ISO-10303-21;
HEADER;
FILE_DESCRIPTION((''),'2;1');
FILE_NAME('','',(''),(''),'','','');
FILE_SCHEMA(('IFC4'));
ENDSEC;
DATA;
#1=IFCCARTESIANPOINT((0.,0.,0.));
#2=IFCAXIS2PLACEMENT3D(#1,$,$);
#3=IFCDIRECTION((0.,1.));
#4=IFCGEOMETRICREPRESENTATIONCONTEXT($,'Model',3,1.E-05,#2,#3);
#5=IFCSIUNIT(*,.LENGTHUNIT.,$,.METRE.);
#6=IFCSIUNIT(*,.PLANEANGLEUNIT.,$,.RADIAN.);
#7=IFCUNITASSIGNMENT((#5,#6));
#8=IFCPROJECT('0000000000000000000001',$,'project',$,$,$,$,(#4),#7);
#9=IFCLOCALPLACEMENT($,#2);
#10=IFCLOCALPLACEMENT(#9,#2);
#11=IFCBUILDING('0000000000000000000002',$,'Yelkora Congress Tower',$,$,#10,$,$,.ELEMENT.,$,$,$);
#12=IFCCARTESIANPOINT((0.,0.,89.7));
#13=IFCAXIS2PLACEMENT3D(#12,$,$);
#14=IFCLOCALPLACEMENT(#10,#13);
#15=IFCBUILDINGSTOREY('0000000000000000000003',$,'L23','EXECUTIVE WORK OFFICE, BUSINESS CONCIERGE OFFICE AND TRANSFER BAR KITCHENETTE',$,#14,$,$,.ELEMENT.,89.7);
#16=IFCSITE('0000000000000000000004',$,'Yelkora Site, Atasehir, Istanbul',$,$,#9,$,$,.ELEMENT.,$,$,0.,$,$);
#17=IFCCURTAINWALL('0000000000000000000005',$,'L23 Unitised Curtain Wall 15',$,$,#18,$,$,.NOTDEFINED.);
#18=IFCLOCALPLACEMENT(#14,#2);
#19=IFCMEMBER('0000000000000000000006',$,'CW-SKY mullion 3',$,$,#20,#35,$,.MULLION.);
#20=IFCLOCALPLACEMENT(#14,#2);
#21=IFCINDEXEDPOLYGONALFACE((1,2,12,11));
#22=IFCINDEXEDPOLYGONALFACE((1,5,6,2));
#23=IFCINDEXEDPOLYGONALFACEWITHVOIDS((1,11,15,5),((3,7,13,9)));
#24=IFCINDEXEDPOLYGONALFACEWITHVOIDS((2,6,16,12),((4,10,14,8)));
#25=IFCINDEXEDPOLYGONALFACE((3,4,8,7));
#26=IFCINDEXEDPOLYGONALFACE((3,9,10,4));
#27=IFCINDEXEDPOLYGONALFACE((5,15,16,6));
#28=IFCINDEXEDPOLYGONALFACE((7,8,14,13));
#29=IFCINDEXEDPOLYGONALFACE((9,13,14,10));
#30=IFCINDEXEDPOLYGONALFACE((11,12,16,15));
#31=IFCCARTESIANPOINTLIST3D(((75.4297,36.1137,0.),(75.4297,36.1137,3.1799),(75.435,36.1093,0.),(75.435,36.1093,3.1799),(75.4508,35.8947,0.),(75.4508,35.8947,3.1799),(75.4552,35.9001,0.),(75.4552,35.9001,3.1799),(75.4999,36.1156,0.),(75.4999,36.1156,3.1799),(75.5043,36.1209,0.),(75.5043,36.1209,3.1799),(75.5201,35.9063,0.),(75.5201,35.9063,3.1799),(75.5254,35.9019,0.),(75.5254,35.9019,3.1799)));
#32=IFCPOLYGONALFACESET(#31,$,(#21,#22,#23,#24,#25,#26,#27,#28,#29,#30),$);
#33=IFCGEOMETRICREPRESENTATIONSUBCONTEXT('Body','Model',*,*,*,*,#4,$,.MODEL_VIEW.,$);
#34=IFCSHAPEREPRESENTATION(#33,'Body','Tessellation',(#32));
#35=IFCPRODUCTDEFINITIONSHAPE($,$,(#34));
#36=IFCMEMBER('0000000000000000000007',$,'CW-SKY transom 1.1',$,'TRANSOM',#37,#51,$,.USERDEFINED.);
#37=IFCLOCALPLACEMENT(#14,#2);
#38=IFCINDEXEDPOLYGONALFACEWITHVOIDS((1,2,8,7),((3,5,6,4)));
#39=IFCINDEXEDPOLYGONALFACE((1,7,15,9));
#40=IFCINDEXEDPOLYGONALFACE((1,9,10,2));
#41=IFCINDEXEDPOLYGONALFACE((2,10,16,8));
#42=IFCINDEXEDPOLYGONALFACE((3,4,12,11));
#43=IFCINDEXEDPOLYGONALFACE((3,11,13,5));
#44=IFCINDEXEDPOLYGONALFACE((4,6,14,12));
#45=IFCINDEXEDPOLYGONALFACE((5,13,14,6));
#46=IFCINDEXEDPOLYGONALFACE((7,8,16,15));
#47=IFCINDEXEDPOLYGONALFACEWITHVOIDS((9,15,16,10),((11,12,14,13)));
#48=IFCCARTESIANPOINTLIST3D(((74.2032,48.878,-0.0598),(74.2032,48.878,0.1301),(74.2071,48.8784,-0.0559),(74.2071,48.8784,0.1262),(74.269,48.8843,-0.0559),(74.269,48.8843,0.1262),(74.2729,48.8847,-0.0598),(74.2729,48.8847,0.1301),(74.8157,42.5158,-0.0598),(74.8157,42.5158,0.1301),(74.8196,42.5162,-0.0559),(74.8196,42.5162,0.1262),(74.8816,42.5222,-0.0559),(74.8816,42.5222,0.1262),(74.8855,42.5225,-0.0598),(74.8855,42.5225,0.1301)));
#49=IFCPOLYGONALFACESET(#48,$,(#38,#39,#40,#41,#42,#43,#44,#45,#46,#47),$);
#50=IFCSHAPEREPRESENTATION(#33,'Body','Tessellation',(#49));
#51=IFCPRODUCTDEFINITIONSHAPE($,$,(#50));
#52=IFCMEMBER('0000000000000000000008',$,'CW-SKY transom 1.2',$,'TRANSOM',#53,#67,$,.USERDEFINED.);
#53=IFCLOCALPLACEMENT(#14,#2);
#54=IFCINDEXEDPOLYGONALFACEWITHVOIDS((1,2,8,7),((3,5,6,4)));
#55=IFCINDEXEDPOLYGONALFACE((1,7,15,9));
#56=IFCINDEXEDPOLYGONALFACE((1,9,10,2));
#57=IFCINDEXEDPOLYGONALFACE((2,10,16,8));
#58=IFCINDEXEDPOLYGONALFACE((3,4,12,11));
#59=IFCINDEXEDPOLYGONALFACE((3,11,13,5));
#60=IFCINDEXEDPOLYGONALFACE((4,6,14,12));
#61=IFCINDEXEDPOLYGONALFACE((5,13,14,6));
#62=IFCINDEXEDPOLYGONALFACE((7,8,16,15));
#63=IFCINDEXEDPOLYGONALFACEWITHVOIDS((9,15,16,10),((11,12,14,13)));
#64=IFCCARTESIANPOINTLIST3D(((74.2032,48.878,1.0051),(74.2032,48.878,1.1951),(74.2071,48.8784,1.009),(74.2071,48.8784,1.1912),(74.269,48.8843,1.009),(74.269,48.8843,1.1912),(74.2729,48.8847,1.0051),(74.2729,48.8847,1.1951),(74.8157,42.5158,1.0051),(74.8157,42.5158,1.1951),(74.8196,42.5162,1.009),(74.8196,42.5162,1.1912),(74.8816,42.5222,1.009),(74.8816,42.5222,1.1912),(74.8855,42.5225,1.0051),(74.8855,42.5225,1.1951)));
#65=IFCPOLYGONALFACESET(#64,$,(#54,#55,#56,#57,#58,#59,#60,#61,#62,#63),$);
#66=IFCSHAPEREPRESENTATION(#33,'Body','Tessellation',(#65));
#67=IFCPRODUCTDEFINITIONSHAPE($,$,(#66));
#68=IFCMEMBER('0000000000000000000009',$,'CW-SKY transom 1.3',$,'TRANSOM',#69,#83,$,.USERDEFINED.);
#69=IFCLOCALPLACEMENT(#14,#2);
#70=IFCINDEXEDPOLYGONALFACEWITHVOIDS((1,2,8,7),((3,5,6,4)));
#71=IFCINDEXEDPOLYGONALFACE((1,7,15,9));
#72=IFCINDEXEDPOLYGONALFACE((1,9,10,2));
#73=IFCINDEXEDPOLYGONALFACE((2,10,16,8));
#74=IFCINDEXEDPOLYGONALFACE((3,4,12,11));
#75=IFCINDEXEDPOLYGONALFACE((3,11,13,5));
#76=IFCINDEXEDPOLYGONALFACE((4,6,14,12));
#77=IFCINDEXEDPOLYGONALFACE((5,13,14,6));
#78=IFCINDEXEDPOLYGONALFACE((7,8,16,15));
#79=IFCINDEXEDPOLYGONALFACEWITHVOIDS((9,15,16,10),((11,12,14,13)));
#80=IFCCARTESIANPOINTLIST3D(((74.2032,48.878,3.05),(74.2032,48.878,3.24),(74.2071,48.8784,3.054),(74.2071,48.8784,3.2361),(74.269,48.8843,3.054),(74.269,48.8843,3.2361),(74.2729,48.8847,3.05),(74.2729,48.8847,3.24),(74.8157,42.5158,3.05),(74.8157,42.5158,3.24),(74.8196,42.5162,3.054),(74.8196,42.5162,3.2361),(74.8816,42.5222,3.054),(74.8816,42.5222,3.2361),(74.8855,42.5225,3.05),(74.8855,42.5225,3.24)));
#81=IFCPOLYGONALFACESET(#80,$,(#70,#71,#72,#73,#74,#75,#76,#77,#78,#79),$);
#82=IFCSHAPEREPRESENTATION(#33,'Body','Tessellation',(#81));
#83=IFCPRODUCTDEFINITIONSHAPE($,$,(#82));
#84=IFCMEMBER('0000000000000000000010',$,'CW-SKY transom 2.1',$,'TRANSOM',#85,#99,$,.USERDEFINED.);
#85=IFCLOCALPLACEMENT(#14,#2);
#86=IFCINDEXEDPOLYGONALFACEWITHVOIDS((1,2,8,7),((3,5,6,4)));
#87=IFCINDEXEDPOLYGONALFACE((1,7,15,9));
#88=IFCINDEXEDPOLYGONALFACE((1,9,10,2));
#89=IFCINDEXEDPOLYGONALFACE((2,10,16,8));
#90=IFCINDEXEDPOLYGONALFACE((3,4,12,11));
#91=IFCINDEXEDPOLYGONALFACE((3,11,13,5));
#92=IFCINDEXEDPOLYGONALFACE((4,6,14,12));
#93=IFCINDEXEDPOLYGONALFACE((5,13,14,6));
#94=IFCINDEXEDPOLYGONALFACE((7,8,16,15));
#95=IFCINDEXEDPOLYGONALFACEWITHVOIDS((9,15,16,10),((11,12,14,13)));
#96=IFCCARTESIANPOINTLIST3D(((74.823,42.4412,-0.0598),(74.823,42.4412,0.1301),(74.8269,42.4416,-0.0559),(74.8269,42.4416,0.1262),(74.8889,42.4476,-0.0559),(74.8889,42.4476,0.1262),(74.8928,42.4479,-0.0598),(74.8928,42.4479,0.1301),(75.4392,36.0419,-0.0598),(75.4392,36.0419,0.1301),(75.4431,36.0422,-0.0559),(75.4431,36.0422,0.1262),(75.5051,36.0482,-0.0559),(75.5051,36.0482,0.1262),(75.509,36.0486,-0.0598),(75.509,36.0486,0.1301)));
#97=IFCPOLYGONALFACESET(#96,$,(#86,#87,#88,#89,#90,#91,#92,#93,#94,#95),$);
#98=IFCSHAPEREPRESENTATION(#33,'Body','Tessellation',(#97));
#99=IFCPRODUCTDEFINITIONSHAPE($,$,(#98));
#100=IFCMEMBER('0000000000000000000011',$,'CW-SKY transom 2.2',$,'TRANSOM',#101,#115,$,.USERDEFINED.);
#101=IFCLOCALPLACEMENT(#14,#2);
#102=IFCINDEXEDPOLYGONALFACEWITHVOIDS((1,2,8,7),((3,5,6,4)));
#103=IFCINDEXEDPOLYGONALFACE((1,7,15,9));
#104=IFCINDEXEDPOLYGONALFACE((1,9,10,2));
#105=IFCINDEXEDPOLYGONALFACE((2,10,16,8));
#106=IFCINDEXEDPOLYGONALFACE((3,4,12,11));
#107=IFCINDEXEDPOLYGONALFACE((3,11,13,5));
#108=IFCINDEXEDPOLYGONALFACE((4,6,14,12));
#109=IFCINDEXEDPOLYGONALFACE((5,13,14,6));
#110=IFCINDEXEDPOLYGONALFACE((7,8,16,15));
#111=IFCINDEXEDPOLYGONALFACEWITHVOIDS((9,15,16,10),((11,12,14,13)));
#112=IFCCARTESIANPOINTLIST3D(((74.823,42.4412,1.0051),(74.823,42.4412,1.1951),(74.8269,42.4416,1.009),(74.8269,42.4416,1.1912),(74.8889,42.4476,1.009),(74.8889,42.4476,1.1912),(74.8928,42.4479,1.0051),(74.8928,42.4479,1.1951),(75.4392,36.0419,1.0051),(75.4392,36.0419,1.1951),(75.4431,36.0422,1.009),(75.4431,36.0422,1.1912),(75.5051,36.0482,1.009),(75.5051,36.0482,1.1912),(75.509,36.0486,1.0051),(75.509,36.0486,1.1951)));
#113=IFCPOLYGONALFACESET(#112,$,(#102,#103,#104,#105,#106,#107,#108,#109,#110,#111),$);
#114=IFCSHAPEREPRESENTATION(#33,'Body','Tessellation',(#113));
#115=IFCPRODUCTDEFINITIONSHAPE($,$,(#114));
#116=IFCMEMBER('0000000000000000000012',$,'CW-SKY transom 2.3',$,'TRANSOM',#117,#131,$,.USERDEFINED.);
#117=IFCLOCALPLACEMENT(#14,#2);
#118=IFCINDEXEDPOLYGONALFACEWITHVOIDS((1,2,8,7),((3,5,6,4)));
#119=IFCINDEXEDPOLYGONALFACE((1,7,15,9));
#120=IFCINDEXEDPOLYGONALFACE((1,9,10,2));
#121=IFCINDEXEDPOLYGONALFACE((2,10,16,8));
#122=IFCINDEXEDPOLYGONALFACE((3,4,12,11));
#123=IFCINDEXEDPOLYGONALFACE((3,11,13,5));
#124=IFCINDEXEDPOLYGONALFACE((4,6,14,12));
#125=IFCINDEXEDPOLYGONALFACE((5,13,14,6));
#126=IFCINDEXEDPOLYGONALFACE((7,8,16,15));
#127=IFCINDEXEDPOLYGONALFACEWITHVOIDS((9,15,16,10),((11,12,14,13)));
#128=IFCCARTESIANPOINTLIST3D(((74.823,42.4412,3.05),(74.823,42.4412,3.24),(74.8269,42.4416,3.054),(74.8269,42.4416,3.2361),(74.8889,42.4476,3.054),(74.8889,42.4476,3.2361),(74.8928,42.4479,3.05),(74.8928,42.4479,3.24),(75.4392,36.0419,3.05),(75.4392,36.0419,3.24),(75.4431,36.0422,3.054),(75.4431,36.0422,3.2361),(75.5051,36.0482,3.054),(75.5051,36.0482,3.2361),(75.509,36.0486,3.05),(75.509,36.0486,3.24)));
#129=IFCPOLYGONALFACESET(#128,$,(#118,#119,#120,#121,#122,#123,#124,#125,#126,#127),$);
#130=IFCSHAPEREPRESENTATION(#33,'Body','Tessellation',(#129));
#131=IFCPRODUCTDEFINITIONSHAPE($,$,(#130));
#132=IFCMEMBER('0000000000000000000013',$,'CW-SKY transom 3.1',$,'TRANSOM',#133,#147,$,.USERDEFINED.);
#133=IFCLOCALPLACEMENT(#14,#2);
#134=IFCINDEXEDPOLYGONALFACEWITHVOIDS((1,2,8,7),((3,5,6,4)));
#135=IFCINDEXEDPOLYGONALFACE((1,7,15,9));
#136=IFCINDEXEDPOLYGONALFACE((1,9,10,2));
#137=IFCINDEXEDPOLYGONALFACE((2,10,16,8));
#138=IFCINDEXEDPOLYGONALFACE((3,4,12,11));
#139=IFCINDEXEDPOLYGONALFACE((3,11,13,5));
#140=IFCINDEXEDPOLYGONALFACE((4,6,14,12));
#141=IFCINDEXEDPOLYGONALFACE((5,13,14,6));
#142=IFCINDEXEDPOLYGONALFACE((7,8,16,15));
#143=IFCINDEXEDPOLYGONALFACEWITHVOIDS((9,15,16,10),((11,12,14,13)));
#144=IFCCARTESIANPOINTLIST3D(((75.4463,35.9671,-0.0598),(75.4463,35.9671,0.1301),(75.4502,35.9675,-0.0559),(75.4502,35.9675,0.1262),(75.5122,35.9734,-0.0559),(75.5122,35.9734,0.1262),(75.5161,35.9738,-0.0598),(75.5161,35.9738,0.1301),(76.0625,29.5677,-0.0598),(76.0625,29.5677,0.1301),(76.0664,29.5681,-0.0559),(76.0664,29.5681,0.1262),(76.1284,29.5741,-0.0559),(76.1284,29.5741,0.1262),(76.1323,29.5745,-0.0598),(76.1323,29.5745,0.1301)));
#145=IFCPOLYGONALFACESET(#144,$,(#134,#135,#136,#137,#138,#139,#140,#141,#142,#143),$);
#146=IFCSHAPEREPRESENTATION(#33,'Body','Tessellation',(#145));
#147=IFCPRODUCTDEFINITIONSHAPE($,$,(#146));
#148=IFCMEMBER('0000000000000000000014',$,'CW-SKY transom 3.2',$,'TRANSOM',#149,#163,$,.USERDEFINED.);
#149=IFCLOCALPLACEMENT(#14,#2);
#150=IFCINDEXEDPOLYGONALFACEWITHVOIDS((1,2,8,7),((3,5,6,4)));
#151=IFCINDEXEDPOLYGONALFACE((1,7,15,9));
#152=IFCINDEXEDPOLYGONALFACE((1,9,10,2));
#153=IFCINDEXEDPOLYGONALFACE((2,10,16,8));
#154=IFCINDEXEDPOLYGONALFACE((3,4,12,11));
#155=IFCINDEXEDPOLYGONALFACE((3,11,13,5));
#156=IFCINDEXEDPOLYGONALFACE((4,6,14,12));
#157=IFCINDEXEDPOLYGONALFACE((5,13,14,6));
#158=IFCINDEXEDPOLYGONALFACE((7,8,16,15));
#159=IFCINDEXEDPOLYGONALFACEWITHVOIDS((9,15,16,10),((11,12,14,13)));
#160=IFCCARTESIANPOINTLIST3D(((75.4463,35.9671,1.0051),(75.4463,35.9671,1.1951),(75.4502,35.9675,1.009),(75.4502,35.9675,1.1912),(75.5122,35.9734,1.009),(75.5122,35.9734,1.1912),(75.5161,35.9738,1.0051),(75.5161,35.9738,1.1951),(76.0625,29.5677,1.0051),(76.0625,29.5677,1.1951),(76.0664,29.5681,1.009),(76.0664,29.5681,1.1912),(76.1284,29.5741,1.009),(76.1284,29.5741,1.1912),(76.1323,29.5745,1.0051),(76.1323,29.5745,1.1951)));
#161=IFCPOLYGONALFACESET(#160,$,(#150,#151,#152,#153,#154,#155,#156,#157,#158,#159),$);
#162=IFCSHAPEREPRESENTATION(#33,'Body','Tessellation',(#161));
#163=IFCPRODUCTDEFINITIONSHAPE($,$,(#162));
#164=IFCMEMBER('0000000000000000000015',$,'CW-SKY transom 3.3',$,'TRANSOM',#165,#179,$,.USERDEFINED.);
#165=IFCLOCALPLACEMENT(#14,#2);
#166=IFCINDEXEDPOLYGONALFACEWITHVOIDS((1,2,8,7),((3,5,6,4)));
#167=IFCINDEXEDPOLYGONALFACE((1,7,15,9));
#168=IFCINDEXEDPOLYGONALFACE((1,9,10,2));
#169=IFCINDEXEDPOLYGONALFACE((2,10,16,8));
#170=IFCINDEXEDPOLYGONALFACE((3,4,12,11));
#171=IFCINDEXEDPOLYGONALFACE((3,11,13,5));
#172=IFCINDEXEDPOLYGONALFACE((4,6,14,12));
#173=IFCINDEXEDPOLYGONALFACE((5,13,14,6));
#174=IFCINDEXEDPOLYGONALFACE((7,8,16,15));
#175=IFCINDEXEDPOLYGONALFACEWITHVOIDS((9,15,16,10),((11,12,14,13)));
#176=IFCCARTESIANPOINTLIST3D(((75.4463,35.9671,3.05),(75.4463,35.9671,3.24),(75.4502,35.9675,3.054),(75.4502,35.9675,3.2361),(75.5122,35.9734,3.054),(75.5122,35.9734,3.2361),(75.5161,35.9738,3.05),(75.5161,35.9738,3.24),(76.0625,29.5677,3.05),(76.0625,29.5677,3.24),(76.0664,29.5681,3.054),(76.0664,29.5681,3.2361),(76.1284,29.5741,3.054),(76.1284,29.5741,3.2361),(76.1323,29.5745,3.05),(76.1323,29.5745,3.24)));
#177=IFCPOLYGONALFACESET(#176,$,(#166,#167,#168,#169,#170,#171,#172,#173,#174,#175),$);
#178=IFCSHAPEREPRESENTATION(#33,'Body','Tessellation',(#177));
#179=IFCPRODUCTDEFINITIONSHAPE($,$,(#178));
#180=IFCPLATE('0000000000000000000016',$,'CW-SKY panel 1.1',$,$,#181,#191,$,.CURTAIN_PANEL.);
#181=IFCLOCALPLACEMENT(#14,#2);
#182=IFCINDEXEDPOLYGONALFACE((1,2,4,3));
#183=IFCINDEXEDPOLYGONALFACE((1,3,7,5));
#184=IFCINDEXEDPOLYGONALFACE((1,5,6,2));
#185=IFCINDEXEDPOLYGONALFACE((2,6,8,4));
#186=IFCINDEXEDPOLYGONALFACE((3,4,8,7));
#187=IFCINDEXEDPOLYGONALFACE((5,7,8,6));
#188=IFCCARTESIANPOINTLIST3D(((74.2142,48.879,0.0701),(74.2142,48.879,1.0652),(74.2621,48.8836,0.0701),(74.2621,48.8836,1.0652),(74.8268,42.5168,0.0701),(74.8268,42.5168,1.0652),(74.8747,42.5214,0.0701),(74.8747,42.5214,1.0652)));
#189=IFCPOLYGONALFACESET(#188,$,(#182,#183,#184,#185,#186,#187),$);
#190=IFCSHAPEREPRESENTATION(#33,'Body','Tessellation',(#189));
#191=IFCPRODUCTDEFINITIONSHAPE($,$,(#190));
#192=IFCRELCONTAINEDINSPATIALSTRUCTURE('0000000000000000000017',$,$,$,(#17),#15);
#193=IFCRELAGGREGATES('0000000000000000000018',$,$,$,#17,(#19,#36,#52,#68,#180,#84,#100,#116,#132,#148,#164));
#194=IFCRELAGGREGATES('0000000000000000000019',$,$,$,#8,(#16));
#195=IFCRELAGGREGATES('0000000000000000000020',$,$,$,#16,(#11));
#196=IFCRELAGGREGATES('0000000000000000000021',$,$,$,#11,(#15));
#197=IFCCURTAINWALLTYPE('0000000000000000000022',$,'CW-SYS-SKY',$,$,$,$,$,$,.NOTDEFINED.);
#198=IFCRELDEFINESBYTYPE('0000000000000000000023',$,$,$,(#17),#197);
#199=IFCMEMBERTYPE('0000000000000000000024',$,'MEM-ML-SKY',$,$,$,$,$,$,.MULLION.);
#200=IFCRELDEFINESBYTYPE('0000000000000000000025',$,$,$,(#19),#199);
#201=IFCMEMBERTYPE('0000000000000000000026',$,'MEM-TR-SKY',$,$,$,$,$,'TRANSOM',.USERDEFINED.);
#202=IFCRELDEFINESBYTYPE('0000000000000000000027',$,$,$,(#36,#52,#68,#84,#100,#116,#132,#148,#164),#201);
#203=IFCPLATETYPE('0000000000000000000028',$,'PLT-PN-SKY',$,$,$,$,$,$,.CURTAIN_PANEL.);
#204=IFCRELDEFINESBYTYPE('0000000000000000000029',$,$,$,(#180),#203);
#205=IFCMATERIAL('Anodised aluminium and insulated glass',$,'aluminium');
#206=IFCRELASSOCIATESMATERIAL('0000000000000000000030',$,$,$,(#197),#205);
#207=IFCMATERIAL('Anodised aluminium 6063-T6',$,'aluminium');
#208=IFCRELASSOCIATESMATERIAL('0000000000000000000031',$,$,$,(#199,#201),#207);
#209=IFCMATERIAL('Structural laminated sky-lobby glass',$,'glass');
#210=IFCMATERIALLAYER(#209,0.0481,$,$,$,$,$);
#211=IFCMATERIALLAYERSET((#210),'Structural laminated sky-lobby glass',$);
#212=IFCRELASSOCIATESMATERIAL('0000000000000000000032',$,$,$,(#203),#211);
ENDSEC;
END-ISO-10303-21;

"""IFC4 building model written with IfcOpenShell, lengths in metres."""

from ifc_helpers import new_model, si_unit, direction, frame, origin, origin_2d, place, context, subcontext, project, spatial, rectangle, hollow_rectangle, extrude, material, layer, layer_set, material_profile, profile_set, type_object, element, aggregate, save


model = new_model("IFC4")

# Units and contexts
model_context = context("Model", 3, precision=1e-05, world=origin(), true_north=direction((0.0, 1.0)))
body_context = subcontext(model_context, "Body", "Model", "MODEL_VIEW")
ifc_project = project(units=[si_unit("LENGTHUNIT", "METRE"), si_unit("PLANEANGLEUNIT", "RADIAN")], contexts=[model_context])

# Site, building, storey
site_placement = place(None, origin())
site = spatial("IfcSite", under=ifc_project, at=site_placement, Name="Yelkora Site, Atasehir, Istanbul", CompositionType="ELEMENT", RefElevation=0.0)
building_placement = place(site_placement, origin())
building = spatial("IfcBuilding", under=site, at=building_placement, Name="Yelkora Congress Tower", CompositionType="ELEMENT")
storey_placement = place(building_placement, frame((0.0, 0.0, 89.7)))
storey = spatial("IfcBuildingStorey", under=building, at=storey_placement, Name="L23", Description="EXECUTIVE WORK OFFICE, BUSINESS CONCIERGE OFFICE AND TRANSFER BAR KITCHENETTE", CompositionType="ELEMENT", Elevation=89.7)

# Curtain wall, members, plate
ifc_material_1 = material(Name="Anodised aluminium and insulated glass", Category="aluminium")
curtain_wall_type = type_object("IfcCurtainWallType", Name="CW-SYS-SKY", PredefinedType="NOTDEFINED", material=ifc_material_1)
curtain_wall_placement = place(storey_placement, origin())
curtain_wall = element("IfcCurtainWall", 1, at=curtain_wall_placement, inside=storey, type_object=curtain_wall_type, Name="L23 Unitised Curtain Wall 15", PredefinedType="NOTDEFINED")
ifc_material_2 = material(Name="Anodised aluminium 6063-T6", Category="aluminium")
ifc_material_profile_1 = material_profile(ifc_material_2, hollow_rectangle(XDim=0.075, YDim=0.22, WallThickness=0.0049, at=origin_2d()), Name="ALU 75x220x5")
ifc_profile_set_1 = profile_set([ifc_material_profile_1], Name="Anodised aluminium 6063-T6")
member_type_1 = type_object("IfcMemberType", Name="MEM-ML-SKY", PredefinedType="MULLION", material=ifc_profile_set_1)
member_1_placement = place(storey_placement, frame((75.4775, 36.0078, 0.0), z_axis=(0.0, 0.0, 1.0), x_axis=(0.995397, 0.095843, 0.0)))
member_1 = element("IfcMember", 2, at=member_1_placement, type_object=member_type_1, Name="CW-SKY mullion 3", PredefinedType="MULLION", context=body_context, shape_type="SweptSolid", body=[
    extrude(hollow_rectangle(XDim=0.075, YDim=0.22, WallThickness=0.0049, at=origin_2d()), origin(), (0.0, 0.0, 1.0), 3.1799),
])
ifc_material_profile_2 = material_profile(ifc_material_2, hollow_rectangle(XDim=0.0701, YDim=0.1899, WallThickness=0.0039, at=origin_2d()), Name="ALU 70x190x4")
ifc_profile_set_2 = profile_set([ifc_material_profile_2], Name="Anodised aluminium 6063-T6")
member_type_2 = type_object("IfcMemberType", Name="MEM-TR-SKY", ElementType="TRANSOM", PredefinedType="USERDEFINED", material=ifc_profile_set_2)
member_2_placement = place(storey_placement, frame((74.238, 48.8813, 0.0352), z_axis=(0.095838, -0.995397, 0.0), x_axis=(0.995397, 0.095838, 0.0)))
member_2 = element("IfcMember", 3, at=member_2_placement, type_object=member_type_2, Name="CW-SKY transom 1.1", ObjectType="TRANSOM", PredefinedType="USERDEFINED", context=body_context, shape_type="SweptSolid", body=[
    extrude(hollow_rectangle(XDim=0.0701, YDim=0.1899, WallThickness=0.0039, at=origin_2d()), origin(), (0.0, 0.0, 1.0), 6.3916),
])
member_3_placement = place(storey_placement, frame((74.238, 48.8813, 1.1001), z_axis=(0.095838, -0.995397, 0.0), x_axis=(0.995397, 0.095838, 0.0)))
member_3 = element("IfcMember", 4, at=member_3_placement, type_object=member_type_2, Name="CW-SKY transom 1.2", ObjectType="TRANSOM", PredefinedType="USERDEFINED", context=body_context, shape_type="SweptSolid", body=[
    extrude(hollow_rectangle(XDim=0.0701, YDim=0.1899, WallThickness=0.0039, at=origin_2d()), origin(), (0.0, 0.0, 1.0), 6.3916),
])
member_4_placement = place(storey_placement, frame((74.238, 48.8813, 3.145), z_axis=(0.095838, -0.995397, 0.0), x_axis=(0.995397, 0.095838, 0.0)))
member_4 = element("IfcMember", 5, at=member_4_placement, type_object=member_type_2, Name="CW-SKY transom 1.3", ObjectType="TRANSOM", PredefinedType="USERDEFINED", context=body_context, shape_type="SweptSolid", body=[
    extrude(hollow_rectangle(XDim=0.0701, YDim=0.1899, WallThickness=0.0039, at=origin_2d()), origin(), (0.0, 0.0, 1.0), 6.3916),
])
member_5_placement = place(storey_placement, frame((74.8579, 42.4446, 0.0352), z_axis=(0.095848, -0.995396, 0.0), x_axis=(0.995396, 0.095848, 0.0)))
member_5 = element("IfcMember", 6, at=member_5_placement, type_object=member_type_2, Name="CW-SKY transom 2.1", ObjectType="TRANSOM", PredefinedType="USERDEFINED", context=body_context, shape_type="SweptSolid", body=[
    extrude(hollow_rectangle(XDim=0.0701, YDim=0.1899, WallThickness=0.0039, at=origin_2d()), origin(), (0.0, 0.0, 1.0), 6.429),
])
member_6_placement = place(storey_placement, frame((74.8579, 42.4446, 1.1001), z_axis=(0.095848, -0.995396, 0.0), x_axis=(0.995396, 0.095848, 0.0)))
member_6 = element("IfcMember", 7, at=member_6_placement, type_object=member_type_2, Name="CW-SKY transom 2.2", ObjectType="TRANSOM", PredefinedType="USERDEFINED", context=body_context, shape_type="SweptSolid", body=[
    extrude(hollow_rectangle(XDim=0.0701, YDim=0.1899, WallThickness=0.0039, at=origin_2d()), origin(), (0.0, 0.0, 1.0), 6.429),
])
member_7_placement = place(storey_placement, frame((74.8579, 42.4446, 3.145), z_axis=(0.095848, -0.995396, 0.0), x_axis=(0.995396, 0.095848, 0.0)))
member_7 = element("IfcMember", 8, at=member_7_placement, type_object=member_type_2, Name="CW-SKY transom 2.3", ObjectType="TRANSOM", PredefinedType="USERDEFINED", context=body_context, shape_type="SweptSolid", body=[
    extrude(hollow_rectangle(XDim=0.0701, YDim=0.1899, WallThickness=0.0039, at=origin_2d()), origin(), (0.0, 0.0, 1.0), 6.429),
])
member_8_placement = place(storey_placement, frame((75.4812, 35.9705, 0.0352), z_axis=(0.095848, -0.995396, 0.0), x_axis=(0.995396, 0.095848, 0.0)))
member_8 = element("IfcMember", 9, at=member_8_placement, type_object=member_type_2, Name="CW-SKY transom 3.1", ObjectType="TRANSOM", PredefinedType="USERDEFINED", context=body_context, shape_type="SweptSolid", body=[
    extrude(hollow_rectangle(XDim=0.0701, YDim=0.1899, WallThickness=0.0039, at=origin_2d()), origin(), (0.0, 0.0, 1.0), 6.429),
])
member_9_placement = place(storey_placement, frame((75.4812, 35.9705, 1.1001), z_axis=(0.095848, -0.995396, 0.0), x_axis=(0.995396, 0.095848, 0.0)))
member_9 = element("IfcMember", 10, at=member_9_placement, type_object=member_type_2, Name="CW-SKY transom 3.2", ObjectType="TRANSOM", PredefinedType="USERDEFINED", context=body_context, shape_type="SweptSolid", body=[
    extrude(hollow_rectangle(XDim=0.0701, YDim=0.1899, WallThickness=0.0039, at=origin_2d()), origin(), (0.0, 0.0, 1.0), 6.429),
])
member_10_placement = place(storey_placement, frame((75.4812, 35.9705, 3.145), z_axis=(0.095848, -0.995396, 0.0), x_axis=(0.995396, 0.095848, 0.0)))
member_10 = element("IfcMember", 11, at=member_10_placement, type_object=member_type_2, Name="CW-SKY transom 3.3", ObjectType="TRANSOM", PredefinedType="USERDEFINED", context=body_context, shape_type="SweptSolid", body=[
    extrude(hollow_rectangle(XDim=0.0701, YDim=0.1899, WallThickness=0.0039, at=origin_2d()), origin(), (0.0, 0.0, 1.0), 6.429),
])
ifc_material_3 = material(Name="Structural laminated sky-lobby glass", Category="glass")
ifc_layer_1 = layer(ifc_material_3, 0.0481)
ifc_layer_set_1 = layer_set([ifc_layer_1], Name="Structural laminated sky-lobby glass")
plate_type = type_object("IfcPlateType", Name="PLT-PN-SKY", PredefinedType="CURTAIN_PANEL", material=ifc_layer_set_1)
plate_1_placement = place(storey_placement, frame((74.5444, 45.7002, 0.0701), z_axis=(0.0, 0.0, 1.0), x_axis=(0.095843, -0.995397, 0.0)))
plate_1 = element("IfcPlate", 12, at=plate_1_placement, type_object=plate_type, Name="CW-SKY panel 1.1", PredefinedType="CURTAIN_PANEL", context=body_context, shape_type="SweptSolid", body=[
    extrude(rectangle(XDim=6.3916, YDim=0.0481, at=origin_2d()), origin(), (0.0, 0.0, 1.0), 0.9951),
])
aggregate(curtain_wall, [member_1, member_2, member_3, member_4, plate_1, member_5, member_6, member_7, member_8, member_9, member_10])

save(model, "model.ifc")
